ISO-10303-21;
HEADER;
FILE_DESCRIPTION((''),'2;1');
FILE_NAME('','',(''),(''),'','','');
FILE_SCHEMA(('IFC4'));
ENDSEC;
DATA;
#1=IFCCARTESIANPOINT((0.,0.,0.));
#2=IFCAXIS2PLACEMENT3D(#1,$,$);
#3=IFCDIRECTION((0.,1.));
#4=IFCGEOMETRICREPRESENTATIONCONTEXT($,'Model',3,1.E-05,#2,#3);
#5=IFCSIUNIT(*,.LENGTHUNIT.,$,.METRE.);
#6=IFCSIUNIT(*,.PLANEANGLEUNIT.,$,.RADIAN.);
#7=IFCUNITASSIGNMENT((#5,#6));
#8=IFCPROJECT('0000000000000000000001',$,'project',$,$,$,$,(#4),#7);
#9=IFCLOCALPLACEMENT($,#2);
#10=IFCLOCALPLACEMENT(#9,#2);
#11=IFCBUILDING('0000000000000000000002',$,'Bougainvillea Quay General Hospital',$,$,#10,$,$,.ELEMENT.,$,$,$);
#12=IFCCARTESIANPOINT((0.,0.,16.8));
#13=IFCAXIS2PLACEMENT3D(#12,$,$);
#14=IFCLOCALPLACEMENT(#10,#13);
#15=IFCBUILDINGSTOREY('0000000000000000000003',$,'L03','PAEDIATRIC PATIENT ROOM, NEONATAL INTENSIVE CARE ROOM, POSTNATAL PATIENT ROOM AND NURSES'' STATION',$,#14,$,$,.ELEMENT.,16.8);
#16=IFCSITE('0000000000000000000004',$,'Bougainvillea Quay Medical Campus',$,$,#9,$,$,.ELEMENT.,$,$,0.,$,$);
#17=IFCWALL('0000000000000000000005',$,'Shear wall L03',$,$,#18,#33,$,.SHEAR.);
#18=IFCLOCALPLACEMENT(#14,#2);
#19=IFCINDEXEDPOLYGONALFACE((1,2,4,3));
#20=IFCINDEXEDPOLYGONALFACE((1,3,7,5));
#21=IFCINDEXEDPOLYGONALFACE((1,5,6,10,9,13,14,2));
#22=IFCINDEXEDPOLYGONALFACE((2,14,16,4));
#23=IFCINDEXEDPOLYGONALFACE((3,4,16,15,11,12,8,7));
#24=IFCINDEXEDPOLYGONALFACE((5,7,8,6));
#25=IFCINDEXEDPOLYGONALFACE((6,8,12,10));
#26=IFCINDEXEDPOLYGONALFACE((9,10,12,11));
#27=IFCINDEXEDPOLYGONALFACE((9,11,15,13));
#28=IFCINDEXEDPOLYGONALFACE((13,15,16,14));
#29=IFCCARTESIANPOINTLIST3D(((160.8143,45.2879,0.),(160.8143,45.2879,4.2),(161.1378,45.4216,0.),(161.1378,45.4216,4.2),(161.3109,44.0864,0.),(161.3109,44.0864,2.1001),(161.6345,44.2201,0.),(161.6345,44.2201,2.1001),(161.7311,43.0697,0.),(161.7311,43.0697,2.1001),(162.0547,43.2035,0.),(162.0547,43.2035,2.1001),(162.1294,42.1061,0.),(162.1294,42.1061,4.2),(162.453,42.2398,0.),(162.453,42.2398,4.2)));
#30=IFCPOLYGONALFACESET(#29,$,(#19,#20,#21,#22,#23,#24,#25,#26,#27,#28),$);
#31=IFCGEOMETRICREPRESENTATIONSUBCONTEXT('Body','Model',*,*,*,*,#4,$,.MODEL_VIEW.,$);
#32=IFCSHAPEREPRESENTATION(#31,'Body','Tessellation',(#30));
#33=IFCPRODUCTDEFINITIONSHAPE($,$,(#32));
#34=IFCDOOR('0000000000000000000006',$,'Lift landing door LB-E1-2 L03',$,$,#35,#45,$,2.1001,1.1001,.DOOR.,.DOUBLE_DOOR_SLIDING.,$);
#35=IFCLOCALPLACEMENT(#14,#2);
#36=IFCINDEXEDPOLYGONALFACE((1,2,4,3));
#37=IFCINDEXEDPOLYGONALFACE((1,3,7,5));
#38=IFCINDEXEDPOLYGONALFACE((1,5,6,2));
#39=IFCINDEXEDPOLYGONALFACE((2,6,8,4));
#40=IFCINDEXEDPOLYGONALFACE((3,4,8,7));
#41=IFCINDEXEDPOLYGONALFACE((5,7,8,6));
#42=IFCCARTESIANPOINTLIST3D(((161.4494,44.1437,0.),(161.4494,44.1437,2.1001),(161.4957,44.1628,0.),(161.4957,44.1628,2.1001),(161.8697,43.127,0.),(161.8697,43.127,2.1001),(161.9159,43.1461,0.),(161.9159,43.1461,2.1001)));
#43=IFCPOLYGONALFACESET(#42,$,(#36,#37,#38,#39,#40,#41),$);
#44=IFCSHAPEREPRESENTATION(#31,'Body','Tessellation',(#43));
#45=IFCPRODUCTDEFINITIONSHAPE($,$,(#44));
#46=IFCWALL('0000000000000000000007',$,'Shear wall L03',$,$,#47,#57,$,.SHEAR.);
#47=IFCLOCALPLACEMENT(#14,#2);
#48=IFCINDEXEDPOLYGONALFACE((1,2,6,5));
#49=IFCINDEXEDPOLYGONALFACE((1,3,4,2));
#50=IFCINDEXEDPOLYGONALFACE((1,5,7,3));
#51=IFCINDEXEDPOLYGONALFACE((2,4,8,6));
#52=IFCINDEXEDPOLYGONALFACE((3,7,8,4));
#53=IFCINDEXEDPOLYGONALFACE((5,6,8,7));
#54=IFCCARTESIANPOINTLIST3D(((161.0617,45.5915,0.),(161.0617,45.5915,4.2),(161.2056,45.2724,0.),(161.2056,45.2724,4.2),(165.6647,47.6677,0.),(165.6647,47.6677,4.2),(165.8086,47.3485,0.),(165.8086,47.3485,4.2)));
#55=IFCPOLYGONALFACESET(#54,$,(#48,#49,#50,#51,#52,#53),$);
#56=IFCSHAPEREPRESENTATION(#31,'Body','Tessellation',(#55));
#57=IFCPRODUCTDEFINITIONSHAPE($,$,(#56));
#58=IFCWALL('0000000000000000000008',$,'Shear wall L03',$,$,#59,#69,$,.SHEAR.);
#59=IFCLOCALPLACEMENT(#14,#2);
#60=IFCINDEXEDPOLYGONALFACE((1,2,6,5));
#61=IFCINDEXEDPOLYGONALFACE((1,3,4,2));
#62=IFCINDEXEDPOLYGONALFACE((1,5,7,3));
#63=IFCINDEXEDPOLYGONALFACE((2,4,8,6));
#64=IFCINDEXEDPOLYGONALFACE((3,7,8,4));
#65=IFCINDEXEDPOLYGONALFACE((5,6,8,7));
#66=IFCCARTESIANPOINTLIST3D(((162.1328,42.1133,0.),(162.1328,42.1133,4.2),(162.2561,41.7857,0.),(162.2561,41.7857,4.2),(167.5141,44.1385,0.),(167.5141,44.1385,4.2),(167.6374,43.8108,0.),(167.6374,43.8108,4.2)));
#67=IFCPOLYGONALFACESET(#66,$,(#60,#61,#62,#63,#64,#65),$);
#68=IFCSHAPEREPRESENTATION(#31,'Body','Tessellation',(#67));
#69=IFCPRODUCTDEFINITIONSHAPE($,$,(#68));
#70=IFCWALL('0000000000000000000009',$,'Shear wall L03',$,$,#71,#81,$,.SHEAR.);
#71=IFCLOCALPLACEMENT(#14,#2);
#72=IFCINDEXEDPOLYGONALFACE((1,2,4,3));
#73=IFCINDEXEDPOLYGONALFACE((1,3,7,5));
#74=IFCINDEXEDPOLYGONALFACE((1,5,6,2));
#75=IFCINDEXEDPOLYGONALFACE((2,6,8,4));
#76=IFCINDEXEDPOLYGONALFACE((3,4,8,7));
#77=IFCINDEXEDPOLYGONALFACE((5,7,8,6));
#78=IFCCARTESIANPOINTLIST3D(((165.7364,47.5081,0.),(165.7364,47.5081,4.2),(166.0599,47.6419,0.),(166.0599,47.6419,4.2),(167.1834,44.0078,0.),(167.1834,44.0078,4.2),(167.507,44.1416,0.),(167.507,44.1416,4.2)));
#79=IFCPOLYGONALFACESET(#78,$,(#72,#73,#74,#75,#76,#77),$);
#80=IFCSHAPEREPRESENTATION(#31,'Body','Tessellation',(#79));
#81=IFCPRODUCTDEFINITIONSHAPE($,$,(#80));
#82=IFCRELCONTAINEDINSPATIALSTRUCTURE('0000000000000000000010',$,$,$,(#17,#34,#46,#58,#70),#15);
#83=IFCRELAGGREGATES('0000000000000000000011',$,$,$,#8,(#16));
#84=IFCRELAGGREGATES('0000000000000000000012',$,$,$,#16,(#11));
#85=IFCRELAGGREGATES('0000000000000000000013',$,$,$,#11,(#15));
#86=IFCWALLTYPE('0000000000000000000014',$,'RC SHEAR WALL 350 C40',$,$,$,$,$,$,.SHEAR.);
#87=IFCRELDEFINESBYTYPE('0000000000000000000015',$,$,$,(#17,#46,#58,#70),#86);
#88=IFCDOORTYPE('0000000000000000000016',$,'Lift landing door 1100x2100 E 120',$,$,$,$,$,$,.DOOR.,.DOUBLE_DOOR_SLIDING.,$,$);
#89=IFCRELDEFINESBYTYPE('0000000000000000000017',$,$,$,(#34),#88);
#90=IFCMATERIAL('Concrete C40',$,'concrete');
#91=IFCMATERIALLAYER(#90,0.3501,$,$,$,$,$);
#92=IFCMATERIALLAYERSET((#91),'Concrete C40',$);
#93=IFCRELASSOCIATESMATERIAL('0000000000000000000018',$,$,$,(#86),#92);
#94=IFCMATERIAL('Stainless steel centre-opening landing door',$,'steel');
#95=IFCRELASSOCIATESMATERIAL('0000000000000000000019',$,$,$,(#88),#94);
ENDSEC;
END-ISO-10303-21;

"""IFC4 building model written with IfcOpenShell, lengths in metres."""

from ifc_helpers import new_model, si_unit, direction, frame, frame_2d, origin, place, context, subcontext, project, spatial, rectangle, extrude, material, layer, layer_set, type_object, element, fill, save


model = new_model("IFC4")

# Units and contexts
model_context = context("Model", 3, precision=1e-05, world=origin(), true_north=direction((0.0, 1.0)))
body_context = subcontext(model_context, "Body", "Model", "MODEL_VIEW")
ifc_project = project(units=[si_unit("LENGTHUNIT", "METRE"), si_unit("PLANEANGLEUNIT", "RADIAN")], contexts=[model_context])

# Site, building, storey
site_placement = place(None, origin())
site = spatial("IfcSite", under=ifc_project, at=site_placement, Name="Bougainvillea Quay Medical Campus", CompositionType="ELEMENT", RefElevation=0.0)
building_placement = place(site_placement, origin())
building = spatial("IfcBuilding", under=site, at=building_placement, Name="Bougainvillea Quay General Hospital", CompositionType="ELEMENT")
storey_placement = place(building_placement, frame((0.0, 0.0, 16.8)))
storey = spatial("IfcBuildingStorey", under=building, at=storey_placement, Name="L03", Description="PAEDIATRIC PATIENT ROOM, NEONATAL INTENSIVE CARE ROOM, POSTNATAL PATIENT ROOM AND NURSES' STATION", CompositionType="ELEMENT", Elevation=16.8)

# Shared definitions
ifc_material_1 = material(Name="Concrete C40", Category="concrete")

# Wall, opening, door
ifc_layer_1 = layer(ifc_material_1, 0.3501)
ifc_layer_set_1 = layer_set([ifc_layer_1], Name="Concrete C40")
wall_type_1 = type_object("IfcWallType", Name="RC SHEAR WALL 350 C40", PredefinedType="SHEAR", material=ifc_layer_set_1)
wall_1_placement = place(storey_placement, frame((160.9761, 45.3547, 0.0), z_axis=(0.0, 0.0, 1.0), x_axis=(0.381991, -0.924166, 0.0)))
wall_1 = element("IfcWall", 1, at=wall_1_placement, inside=storey, type_object=wall_type_1, Name="Shear wall L03", PredefinedType="SHEAR", context=body_context, shape_type="SweptSolid", body=[
    extrude(rectangle(XDim=3.4429, YDim=0.3501, at=frame_2d((1.7214, 0.0))), origin(), (0.0, 0.0, 1.0), 4.2),
])
opening_1_placement = place(wall_1_placement, frame((1.3, 0.0, 0.0)))
opening_1 = element("IfcOpeningElement", 2, at=opening_1_placement, cuts=wall_1, PredefinedType="OPENING", context=body_context, shape_type="SweptSolid", body=[
    extrude(rectangle(XDim=1.1001, YDim=2.1001, at=frame_2d((0.55, 1.05))), frame((0.0, 0.1851, 0.0), z_axis=(0.0, -1.0, 0.0), x_axis=(1.0, 0.0, 0.0)), (0.0, 0.0, 1.0), 0.3701),
])
ifc_material_2 = material(Name="Stainless steel centre-opening landing door", Category="steel")
door_type_1 = type_object("IfcDoorType", Name="Lift landing door 1100x2100 E 120", OperationType="DOUBLE_DOOR_SLIDING", PredefinedType="DOOR", material=ifc_material_2)
door_1_placement = place(opening_1_placement, origin())
door_1 = element("IfcDoor", 3, at=door_1_placement, inside=storey, type_object=door_type_1, Name="Lift landing door LB-E1-2 L03", OperationType="DOUBLE_DOOR_SLIDING", OverallHeight=2.1001, OverallWidth=1.1001, PredefinedType="DOOR", context=body_context, shape_type="SweptSolid", body=[
    extrude(rectangle(XDim=1.1001, YDim=2.1001, at=frame_2d((0.55, 1.05))), frame((0.0, 0.0249, 0.0), z_axis=(0.0, -1.0, 0.0), x_axis=(1.0, 0.0, 0.0)), (0.0, 0.0, 1.0), 0.05),
])
fill(opening_1, door_1)

# Walls
wall_2_placement = place(storey_placement, frame((161.1335, 45.4319, 0.0), z_axis=(0.0, 0.0, 1.0), x_axis=(0.911565, 0.411157, 0.0)))
element("IfcWall", 4, at=wall_2_placement, inside=storey, type_object=wall_type_1, Name="Shear wall L03", PredefinedType="SHEAR", context=body_context, shape_type="SweptSolid", body=[
    extrude(rectangle(XDim=5.0496, YDim=0.3501, at=frame_2d((2.5249, 0.0))), origin(), (0.0, 0.0, 1.0), 4.2),
])
wall_3_placement = place(storey_placement, frame((162.1943, 41.9495, 0.0), z_axis=(0.0, 0.0, 1.0), x_axis=(0.93592, 0.352212, 0.0)))
element("IfcWall", 5, at=wall_3_placement, inside=storey, type_object=wall_type_1, Name="Shear wall L03", PredefinedType="SHEAR", context=body_context, shape_type="SweptSolid", body=[
    extrude(rectangle(XDim=5.7498, YDim=0.3501, at=frame_2d((2.875, 0.0))), origin(), (0.0, 0.0, 1.0), 4.2),
])
wall_4_placement = place(storey_placement, frame((167.3452, 44.0747, 0.0), z_axis=(0.0, 0.0, 1.0), x_axis=(-0.382046, 0.924143, 0.0)))
element("IfcWall", 6, at=wall_4_placement, inside=storey, type_object=wall_type_1, Name="Shear wall L03", PredefinedType="SHEAR", context=body_context, shape_type="SweptSolid", body=[
    extrude(rectangle(XDim=3.7876, YDim=0.3501, at=frame_2d((1.8938, 0.0))), origin(), (0.0, 0.0, 1.0), 4.2),
])

save(model, "model.ifc")
